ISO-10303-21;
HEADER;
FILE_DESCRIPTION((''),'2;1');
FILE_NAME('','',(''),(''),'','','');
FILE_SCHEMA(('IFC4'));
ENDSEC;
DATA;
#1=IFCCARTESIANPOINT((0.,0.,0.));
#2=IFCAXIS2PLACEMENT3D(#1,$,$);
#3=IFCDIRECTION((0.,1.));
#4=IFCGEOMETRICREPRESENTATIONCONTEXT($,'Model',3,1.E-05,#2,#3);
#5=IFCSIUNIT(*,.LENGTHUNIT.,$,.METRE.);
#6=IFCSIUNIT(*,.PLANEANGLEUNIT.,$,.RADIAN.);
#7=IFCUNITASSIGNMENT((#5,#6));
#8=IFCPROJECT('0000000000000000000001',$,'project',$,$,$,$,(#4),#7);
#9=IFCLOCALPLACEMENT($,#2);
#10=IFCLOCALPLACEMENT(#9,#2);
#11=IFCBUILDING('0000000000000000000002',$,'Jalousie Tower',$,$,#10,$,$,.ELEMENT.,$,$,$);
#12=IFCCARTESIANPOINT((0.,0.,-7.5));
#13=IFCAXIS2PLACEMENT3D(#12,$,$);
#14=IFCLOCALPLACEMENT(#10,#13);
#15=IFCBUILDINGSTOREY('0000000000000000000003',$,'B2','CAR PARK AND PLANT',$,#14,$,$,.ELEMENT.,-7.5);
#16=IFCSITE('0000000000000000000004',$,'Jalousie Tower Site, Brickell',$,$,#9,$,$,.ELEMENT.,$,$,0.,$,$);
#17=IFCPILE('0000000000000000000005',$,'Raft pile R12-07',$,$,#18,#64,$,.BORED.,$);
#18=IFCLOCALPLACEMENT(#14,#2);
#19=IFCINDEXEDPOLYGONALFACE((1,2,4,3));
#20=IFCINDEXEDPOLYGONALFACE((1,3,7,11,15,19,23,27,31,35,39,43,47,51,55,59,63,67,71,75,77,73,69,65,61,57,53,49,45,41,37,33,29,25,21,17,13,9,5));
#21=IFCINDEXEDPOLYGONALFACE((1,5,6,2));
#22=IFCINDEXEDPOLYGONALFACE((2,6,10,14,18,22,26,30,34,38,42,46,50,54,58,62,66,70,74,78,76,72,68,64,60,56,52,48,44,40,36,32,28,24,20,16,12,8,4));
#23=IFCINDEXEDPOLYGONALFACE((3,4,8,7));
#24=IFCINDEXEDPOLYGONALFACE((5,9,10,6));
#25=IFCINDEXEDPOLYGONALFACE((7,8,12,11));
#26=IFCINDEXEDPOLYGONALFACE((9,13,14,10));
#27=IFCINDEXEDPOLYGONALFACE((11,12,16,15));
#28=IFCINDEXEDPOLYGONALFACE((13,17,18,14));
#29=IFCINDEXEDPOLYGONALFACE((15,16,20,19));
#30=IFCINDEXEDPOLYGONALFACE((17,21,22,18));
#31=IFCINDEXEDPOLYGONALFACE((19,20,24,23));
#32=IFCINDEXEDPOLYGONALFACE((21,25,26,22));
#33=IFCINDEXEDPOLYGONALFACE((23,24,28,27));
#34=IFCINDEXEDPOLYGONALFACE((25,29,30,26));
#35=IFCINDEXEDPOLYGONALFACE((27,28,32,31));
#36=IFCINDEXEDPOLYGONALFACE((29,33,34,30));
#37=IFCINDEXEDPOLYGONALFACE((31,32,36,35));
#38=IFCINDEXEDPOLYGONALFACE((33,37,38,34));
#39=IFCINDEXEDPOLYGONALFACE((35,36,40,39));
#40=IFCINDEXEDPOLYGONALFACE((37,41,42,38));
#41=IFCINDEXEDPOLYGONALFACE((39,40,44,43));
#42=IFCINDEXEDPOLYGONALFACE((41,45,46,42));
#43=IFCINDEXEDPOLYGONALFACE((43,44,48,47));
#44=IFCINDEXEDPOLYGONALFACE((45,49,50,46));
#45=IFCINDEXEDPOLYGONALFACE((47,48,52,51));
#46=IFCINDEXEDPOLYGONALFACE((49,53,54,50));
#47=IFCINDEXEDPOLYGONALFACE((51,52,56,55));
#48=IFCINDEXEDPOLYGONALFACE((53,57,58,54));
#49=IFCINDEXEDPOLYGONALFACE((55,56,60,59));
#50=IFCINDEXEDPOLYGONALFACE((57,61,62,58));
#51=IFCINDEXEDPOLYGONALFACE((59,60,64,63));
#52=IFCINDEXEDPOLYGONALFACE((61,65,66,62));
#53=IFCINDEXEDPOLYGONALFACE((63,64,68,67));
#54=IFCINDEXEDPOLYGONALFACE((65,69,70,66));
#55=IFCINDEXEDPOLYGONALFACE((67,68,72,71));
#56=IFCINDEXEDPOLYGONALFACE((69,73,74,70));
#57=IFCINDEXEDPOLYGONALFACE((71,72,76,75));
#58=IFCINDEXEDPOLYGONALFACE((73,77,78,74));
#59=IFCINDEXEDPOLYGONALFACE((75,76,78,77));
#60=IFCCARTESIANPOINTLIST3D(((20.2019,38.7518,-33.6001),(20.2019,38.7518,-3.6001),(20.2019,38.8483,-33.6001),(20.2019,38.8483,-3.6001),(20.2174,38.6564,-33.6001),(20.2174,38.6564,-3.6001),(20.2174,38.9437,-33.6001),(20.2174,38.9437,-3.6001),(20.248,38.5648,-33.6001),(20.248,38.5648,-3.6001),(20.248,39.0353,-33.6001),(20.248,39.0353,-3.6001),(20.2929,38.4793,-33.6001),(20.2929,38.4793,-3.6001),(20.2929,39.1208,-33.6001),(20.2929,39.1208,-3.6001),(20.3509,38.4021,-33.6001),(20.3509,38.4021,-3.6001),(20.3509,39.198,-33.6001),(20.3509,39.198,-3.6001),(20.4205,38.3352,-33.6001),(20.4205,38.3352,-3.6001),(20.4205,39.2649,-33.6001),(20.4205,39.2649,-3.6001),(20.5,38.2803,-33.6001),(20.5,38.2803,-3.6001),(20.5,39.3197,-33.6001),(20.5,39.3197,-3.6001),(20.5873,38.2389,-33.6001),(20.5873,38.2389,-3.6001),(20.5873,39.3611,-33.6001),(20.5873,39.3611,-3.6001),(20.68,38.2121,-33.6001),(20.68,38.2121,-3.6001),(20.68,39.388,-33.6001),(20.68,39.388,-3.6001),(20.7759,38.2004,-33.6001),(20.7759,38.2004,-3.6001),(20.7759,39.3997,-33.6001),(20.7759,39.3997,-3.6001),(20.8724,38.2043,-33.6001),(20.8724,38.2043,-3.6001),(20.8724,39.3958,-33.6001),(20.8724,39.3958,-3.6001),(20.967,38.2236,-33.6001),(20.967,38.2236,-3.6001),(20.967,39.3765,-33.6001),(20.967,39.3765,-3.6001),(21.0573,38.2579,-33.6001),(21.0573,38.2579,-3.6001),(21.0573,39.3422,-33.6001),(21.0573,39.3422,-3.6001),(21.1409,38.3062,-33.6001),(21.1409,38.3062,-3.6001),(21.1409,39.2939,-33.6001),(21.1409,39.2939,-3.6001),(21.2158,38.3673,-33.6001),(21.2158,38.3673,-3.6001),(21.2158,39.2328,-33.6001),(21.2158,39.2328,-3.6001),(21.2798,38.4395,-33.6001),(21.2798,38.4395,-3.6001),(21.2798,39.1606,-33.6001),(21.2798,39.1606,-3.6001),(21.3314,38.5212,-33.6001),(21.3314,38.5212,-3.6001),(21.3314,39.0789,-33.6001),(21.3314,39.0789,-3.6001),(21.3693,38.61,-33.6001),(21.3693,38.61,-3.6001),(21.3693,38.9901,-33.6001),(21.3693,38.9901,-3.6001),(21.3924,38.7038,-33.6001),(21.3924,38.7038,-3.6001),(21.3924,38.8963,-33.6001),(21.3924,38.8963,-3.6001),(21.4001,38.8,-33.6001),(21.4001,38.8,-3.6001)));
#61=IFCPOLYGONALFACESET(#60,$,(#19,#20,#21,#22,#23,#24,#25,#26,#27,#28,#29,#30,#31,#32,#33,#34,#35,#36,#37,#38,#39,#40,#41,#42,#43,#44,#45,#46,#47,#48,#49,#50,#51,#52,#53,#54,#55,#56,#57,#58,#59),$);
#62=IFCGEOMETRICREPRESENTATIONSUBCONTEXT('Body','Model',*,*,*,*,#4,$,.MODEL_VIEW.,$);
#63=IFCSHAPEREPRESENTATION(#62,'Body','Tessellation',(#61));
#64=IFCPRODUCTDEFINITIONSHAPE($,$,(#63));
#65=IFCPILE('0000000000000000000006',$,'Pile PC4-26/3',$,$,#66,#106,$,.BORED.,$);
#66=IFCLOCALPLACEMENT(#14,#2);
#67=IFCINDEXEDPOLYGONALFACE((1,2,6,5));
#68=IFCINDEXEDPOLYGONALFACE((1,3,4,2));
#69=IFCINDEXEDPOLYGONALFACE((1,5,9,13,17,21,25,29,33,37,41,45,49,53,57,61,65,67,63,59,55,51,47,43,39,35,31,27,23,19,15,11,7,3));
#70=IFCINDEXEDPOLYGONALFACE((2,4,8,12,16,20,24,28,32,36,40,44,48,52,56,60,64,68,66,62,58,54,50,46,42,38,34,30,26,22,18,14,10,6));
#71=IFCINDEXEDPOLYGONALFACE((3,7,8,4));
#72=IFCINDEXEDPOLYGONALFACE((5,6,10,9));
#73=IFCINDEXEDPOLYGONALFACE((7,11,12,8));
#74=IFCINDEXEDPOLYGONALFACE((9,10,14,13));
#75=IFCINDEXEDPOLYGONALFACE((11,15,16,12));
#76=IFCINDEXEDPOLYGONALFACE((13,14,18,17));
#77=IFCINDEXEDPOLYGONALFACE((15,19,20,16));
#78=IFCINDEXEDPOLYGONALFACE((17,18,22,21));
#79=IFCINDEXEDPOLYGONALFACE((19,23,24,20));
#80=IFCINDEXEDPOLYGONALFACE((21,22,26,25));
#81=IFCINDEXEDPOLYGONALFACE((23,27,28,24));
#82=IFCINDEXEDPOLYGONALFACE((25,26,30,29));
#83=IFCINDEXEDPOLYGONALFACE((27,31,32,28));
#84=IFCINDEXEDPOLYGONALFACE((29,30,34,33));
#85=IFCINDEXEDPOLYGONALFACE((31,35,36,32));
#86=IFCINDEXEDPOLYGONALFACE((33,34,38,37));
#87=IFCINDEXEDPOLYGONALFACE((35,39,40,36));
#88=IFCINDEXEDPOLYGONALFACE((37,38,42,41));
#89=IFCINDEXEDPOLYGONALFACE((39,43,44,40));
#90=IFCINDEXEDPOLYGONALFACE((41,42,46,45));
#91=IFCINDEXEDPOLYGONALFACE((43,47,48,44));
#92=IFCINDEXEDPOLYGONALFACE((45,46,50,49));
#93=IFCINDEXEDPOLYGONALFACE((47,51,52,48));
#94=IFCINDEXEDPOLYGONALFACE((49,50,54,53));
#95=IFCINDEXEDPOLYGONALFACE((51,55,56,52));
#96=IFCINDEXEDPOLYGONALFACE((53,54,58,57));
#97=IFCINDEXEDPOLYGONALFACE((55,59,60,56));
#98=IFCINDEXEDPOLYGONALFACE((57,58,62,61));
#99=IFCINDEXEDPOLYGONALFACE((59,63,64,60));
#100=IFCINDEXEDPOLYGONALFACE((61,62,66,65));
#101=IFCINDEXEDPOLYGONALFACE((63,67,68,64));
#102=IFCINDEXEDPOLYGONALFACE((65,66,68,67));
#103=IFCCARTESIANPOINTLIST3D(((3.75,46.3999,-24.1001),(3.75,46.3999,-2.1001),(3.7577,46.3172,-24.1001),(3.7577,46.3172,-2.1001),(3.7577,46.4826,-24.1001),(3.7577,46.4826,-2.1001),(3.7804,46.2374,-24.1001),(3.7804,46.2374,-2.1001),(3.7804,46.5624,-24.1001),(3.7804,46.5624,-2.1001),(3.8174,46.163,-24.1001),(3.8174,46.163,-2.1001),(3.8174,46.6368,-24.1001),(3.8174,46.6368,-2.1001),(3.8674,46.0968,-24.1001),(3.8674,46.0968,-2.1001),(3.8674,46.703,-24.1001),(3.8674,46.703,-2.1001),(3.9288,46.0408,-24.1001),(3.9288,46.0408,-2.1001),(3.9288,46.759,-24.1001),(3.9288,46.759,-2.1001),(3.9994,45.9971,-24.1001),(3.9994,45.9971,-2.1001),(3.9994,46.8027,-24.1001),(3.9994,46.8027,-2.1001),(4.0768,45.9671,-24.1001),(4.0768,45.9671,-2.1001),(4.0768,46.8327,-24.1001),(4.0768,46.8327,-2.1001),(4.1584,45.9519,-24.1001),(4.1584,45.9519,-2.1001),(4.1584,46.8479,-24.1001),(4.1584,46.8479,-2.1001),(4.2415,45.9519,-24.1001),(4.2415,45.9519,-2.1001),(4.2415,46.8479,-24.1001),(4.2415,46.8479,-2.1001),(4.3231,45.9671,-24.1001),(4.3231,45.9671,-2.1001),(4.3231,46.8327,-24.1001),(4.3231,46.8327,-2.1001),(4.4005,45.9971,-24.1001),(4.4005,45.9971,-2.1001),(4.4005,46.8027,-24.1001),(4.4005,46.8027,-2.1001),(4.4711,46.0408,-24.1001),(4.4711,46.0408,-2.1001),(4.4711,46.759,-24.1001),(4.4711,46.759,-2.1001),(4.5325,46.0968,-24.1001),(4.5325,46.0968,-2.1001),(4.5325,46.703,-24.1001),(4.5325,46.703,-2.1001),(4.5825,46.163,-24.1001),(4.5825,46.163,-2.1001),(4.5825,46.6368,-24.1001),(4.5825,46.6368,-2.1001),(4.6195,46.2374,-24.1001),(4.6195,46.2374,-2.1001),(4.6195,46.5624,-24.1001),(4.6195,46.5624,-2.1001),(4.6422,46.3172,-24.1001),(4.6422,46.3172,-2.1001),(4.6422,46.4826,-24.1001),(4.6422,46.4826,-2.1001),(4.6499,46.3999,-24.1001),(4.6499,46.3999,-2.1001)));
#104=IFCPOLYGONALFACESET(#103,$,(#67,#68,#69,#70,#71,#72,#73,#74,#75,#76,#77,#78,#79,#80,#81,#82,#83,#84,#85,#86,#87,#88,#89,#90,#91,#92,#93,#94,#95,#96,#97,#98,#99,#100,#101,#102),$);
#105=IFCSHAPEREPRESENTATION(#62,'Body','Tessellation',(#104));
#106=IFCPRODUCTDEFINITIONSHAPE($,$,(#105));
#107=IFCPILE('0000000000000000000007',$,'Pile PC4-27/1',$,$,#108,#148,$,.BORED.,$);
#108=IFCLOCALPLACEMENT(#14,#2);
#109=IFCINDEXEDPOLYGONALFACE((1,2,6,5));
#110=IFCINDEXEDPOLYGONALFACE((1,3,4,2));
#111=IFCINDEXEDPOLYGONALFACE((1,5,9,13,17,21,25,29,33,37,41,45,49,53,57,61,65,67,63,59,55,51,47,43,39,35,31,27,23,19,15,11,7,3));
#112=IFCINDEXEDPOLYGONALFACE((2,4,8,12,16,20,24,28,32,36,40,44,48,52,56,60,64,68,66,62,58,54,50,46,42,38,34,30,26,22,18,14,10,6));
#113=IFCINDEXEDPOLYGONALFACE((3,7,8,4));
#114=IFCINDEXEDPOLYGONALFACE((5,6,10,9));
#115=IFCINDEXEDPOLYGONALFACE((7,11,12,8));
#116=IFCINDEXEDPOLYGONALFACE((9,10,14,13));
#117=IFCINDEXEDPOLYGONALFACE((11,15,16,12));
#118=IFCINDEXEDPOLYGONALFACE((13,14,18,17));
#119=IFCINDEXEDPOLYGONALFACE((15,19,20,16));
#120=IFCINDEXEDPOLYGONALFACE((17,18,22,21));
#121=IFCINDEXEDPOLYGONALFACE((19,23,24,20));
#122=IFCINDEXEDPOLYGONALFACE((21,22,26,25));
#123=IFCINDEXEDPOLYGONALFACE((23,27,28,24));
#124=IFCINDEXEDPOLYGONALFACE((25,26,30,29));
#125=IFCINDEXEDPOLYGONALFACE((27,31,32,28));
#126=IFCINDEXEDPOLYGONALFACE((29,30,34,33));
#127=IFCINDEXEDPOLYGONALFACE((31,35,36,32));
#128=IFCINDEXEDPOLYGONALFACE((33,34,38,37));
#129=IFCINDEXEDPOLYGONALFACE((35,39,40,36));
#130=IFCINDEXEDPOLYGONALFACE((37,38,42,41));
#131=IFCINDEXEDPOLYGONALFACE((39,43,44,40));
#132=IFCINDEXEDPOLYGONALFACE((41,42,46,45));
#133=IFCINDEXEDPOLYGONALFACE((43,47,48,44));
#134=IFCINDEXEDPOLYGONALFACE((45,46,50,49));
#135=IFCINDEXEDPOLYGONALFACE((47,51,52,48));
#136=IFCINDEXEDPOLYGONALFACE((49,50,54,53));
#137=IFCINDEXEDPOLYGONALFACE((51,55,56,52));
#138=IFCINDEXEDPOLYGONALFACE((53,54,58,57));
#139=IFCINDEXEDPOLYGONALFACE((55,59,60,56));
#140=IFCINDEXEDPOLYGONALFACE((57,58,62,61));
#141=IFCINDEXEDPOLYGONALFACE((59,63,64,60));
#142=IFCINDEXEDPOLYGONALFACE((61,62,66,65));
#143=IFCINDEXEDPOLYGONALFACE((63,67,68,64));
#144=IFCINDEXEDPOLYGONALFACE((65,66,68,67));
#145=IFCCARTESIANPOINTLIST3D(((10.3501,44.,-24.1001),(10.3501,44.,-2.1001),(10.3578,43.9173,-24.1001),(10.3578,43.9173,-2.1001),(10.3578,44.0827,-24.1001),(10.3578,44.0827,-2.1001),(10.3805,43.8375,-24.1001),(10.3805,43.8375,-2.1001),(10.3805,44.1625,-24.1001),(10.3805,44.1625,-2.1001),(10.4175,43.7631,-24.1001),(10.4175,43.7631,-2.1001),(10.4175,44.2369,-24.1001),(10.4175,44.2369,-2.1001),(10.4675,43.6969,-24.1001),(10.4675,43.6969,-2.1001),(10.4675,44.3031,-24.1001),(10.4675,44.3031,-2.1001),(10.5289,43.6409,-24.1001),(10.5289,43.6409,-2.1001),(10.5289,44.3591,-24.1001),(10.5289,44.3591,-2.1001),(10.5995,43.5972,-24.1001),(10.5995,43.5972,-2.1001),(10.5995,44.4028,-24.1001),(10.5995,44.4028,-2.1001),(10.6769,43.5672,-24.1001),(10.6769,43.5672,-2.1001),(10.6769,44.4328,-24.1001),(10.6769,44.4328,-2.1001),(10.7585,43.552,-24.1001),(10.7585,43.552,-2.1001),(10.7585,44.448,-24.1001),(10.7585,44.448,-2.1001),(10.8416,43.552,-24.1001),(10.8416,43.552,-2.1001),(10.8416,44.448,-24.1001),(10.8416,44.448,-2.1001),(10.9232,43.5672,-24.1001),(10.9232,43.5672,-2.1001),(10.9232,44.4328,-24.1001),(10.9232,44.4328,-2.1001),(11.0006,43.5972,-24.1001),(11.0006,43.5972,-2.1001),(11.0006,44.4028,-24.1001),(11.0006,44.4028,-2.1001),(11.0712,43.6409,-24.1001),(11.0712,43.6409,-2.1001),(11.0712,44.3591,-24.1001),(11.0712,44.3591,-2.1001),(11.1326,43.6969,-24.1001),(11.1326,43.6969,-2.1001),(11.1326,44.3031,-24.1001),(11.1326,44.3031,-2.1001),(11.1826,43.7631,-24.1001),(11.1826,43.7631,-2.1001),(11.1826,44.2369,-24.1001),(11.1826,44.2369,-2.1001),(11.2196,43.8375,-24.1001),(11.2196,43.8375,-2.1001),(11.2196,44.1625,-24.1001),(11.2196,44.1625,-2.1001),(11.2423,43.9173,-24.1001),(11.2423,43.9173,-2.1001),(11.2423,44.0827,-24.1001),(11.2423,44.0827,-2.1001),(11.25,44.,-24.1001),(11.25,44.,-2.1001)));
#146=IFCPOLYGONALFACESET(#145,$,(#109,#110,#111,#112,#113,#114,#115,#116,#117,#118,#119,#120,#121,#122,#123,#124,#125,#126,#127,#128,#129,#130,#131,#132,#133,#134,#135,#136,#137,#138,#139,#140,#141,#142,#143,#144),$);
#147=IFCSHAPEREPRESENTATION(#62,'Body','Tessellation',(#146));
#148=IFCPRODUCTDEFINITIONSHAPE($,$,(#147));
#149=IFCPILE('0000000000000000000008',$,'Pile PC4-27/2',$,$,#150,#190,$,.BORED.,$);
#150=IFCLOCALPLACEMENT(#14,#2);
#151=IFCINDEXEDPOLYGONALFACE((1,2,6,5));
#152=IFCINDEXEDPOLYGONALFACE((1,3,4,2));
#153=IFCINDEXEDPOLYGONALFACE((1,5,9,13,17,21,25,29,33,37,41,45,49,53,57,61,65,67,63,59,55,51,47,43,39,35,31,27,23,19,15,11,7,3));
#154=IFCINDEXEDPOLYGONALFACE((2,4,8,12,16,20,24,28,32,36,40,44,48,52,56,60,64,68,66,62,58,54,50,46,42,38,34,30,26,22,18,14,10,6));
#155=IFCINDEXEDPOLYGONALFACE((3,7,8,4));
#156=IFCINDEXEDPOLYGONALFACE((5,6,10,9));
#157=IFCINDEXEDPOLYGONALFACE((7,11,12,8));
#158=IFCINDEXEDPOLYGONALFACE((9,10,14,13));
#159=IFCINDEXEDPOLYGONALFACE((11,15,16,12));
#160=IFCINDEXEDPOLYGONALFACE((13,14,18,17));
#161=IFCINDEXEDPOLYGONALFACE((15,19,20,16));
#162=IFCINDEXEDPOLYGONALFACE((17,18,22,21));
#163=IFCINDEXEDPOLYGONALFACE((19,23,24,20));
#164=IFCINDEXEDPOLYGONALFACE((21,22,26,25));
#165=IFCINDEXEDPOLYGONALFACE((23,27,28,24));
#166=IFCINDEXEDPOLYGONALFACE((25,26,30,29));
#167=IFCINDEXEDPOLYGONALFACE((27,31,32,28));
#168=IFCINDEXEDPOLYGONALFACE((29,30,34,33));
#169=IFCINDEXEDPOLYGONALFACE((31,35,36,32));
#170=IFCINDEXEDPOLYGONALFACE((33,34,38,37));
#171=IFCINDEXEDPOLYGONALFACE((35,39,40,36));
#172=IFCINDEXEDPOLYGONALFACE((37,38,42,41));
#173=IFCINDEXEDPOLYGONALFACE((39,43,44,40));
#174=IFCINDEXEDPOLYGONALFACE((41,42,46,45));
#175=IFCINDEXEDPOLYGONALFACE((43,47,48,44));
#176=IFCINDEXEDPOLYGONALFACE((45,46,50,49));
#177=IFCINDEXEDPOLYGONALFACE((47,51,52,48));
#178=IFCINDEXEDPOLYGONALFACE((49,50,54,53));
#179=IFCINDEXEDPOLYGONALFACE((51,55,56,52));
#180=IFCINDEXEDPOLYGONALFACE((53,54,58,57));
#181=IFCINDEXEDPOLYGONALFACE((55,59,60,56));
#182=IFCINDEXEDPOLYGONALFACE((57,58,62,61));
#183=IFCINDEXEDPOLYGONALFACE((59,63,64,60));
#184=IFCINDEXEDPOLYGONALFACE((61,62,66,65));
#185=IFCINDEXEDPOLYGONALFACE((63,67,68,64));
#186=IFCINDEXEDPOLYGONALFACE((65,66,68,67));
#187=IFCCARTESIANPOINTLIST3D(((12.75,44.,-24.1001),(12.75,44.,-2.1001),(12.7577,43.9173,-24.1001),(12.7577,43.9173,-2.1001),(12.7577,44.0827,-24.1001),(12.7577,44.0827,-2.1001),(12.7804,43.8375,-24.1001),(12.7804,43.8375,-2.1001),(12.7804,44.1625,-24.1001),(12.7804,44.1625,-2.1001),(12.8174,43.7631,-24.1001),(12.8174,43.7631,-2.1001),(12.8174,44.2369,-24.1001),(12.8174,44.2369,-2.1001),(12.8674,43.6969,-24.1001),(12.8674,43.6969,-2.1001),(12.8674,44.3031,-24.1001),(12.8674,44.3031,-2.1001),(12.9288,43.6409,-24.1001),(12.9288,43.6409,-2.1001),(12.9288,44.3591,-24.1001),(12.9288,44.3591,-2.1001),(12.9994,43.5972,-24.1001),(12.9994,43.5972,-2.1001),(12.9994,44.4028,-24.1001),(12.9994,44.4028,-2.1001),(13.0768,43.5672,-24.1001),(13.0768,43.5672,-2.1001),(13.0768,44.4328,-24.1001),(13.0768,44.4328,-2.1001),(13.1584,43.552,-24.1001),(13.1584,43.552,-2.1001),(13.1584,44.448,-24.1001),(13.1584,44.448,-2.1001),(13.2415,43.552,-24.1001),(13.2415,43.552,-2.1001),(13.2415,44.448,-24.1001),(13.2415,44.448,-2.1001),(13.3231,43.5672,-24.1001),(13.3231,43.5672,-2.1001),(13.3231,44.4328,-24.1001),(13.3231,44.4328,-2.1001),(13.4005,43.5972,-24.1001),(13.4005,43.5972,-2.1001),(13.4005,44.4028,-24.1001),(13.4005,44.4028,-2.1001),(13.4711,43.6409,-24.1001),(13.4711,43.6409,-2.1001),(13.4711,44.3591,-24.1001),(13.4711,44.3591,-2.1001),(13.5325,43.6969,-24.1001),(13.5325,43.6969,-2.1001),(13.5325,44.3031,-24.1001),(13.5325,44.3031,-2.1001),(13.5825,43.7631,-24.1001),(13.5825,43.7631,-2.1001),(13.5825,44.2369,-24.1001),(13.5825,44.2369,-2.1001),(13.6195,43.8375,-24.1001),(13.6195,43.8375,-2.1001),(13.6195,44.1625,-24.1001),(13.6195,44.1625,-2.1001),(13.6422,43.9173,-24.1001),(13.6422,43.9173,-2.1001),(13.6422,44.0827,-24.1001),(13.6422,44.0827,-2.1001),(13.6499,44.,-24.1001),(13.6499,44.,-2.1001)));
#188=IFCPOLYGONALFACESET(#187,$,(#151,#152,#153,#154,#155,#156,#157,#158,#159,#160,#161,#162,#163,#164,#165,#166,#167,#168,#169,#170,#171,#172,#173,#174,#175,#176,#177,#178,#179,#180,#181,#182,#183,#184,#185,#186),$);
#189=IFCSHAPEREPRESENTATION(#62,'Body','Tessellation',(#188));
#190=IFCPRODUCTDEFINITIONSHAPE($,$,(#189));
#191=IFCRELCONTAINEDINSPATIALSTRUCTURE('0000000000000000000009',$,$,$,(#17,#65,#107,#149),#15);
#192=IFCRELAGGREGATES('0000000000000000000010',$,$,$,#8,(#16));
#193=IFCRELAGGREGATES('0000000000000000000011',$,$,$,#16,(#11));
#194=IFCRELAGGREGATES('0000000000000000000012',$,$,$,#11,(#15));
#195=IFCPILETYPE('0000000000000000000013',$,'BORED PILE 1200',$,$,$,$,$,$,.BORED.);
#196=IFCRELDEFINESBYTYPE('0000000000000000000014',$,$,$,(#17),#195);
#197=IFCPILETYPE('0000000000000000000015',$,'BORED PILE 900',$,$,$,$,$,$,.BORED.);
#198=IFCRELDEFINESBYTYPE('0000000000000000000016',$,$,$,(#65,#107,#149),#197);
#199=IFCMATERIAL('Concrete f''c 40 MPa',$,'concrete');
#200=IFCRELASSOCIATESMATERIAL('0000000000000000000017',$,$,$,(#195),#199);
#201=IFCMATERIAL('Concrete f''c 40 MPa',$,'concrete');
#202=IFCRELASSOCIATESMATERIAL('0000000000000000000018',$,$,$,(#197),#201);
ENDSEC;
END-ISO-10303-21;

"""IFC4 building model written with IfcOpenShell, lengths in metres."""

from ifc_helpers import new_model, si_unit, direction, frame, origin, origin_2d, place, context, subcontext, project, spatial, circle, extrude, material, material_profile, profile_set, type_object, element, save


model = new_model("IFC4")

# Units and contexts
model_context = context("Model", 3, precision=1e-05, world=origin(), true_north=direction((0.0, 1.0)))
body_context = subcontext(model_context, "Body", "Model", "MODEL_VIEW")
ifc_project = project(units=[si_unit("LENGTHUNIT", "METRE"), si_unit("PLANEANGLEUNIT", "RADIAN")], contexts=[model_context])

# Site, building, storey
site_placement = place(None, origin())
site = spatial("IfcSite", under=ifc_project, at=site_placement, Name="Jalousie Tower Site, Brickell", CompositionType="ELEMENT", RefElevation=0.0)
building_placement = place(site_placement, origin())
building = spatial("IfcBuilding", under=site, at=building_placement, Name="Jalousie Tower", CompositionType="ELEMENT")
storey_placement = place(building_placement, frame((0.0, 0.0, -7.5)))
storey = spatial("IfcBuildingStorey", under=building, at=storey_placement, Name="B2", Description="CAR PARK AND PLANT", CompositionType="ELEMENT", Elevation=-7.5)

# Piles
ifc_material_1 = material(Name="Concrete f'c 40 MPa", Category="concrete")
ifc_material_profile_1 = material_profile(ifc_material_1, circle(Radius=0.6001, at=origin_2d()), Name="BORED PILE D1200")
ifc_profile_set_1 = profile_set([ifc_material_profile_1], Name="Concrete f'c 40 MPa")
pile_type_1 = type_object("IfcPileType", Name="BORED PILE 1200", PredefinedType="BORED", material=ifc_profile_set_1)
pile_placement = place(storey_placement, frame((20.8, 38.8, -3.6001), z_axis=(0.0, 0.0, -1.0), x_axis=(1.0, 0.0, 0.0)))
element("IfcPile", 1, at=pile_placement, inside=storey, type_object=pile_type_1, Name="Raft pile R12-07", PredefinedType="BORED", context=body_context, shape_type="SweptSolid", body=[
    extrude(circle(Radius=0.6001, at=origin_2d()), origin(), (0.0, 0.0, 1.0), 30.0),
])
ifc_material_2 = material(Name="Concrete f'c 40 MPa", Category="concrete")
ifc_material_profile_2 = material_profile(ifc_material_2, circle(Radius=0.45, at=origin_2d()), Name="BORED PILE D900")
ifc_profile_set_2 = profile_set([ifc_material_profile_2], Name="Concrete f'c 40 MPa")
pile_type_2 = type_object("IfcPileType", Name="BORED PILE 900", PredefinedType="BORED", material=ifc_profile_set_2)
for number, where, z_axis, x_axis, name in (
    (2, (4.2, 46.3999, -2.1001), (0.0, 0.0, -1.0), (1.0, 0.0, 0.0), "Pile PC4-26/3"),
    (3, (10.8, 44.0, -2.1001), (0.0, 0.0, -1.0), (1.0, 0.0, 0.0), "Pile PC4-27/1"),
    (4, (13.2, 44.0, -2.1001), (0.0, 0.0, -1.0), (1.0, 0.0, 0.0), "Pile PC4-27/2"),
):
    element("IfcPile", number, at=place(storey_placement, frame(where, z_axis=z_axis, x_axis=x_axis)), inside=storey, type_object=pile_type_2, Name=name, PredefinedType="BORED", context=body_context, shape_type="SweptSolid", body=[
        extrude(circle(Radius=0.45, at=origin_2d()), origin(), (0.0, 0.0, 1.0), 22.0),
    ])

save(model, "model.ifc")
